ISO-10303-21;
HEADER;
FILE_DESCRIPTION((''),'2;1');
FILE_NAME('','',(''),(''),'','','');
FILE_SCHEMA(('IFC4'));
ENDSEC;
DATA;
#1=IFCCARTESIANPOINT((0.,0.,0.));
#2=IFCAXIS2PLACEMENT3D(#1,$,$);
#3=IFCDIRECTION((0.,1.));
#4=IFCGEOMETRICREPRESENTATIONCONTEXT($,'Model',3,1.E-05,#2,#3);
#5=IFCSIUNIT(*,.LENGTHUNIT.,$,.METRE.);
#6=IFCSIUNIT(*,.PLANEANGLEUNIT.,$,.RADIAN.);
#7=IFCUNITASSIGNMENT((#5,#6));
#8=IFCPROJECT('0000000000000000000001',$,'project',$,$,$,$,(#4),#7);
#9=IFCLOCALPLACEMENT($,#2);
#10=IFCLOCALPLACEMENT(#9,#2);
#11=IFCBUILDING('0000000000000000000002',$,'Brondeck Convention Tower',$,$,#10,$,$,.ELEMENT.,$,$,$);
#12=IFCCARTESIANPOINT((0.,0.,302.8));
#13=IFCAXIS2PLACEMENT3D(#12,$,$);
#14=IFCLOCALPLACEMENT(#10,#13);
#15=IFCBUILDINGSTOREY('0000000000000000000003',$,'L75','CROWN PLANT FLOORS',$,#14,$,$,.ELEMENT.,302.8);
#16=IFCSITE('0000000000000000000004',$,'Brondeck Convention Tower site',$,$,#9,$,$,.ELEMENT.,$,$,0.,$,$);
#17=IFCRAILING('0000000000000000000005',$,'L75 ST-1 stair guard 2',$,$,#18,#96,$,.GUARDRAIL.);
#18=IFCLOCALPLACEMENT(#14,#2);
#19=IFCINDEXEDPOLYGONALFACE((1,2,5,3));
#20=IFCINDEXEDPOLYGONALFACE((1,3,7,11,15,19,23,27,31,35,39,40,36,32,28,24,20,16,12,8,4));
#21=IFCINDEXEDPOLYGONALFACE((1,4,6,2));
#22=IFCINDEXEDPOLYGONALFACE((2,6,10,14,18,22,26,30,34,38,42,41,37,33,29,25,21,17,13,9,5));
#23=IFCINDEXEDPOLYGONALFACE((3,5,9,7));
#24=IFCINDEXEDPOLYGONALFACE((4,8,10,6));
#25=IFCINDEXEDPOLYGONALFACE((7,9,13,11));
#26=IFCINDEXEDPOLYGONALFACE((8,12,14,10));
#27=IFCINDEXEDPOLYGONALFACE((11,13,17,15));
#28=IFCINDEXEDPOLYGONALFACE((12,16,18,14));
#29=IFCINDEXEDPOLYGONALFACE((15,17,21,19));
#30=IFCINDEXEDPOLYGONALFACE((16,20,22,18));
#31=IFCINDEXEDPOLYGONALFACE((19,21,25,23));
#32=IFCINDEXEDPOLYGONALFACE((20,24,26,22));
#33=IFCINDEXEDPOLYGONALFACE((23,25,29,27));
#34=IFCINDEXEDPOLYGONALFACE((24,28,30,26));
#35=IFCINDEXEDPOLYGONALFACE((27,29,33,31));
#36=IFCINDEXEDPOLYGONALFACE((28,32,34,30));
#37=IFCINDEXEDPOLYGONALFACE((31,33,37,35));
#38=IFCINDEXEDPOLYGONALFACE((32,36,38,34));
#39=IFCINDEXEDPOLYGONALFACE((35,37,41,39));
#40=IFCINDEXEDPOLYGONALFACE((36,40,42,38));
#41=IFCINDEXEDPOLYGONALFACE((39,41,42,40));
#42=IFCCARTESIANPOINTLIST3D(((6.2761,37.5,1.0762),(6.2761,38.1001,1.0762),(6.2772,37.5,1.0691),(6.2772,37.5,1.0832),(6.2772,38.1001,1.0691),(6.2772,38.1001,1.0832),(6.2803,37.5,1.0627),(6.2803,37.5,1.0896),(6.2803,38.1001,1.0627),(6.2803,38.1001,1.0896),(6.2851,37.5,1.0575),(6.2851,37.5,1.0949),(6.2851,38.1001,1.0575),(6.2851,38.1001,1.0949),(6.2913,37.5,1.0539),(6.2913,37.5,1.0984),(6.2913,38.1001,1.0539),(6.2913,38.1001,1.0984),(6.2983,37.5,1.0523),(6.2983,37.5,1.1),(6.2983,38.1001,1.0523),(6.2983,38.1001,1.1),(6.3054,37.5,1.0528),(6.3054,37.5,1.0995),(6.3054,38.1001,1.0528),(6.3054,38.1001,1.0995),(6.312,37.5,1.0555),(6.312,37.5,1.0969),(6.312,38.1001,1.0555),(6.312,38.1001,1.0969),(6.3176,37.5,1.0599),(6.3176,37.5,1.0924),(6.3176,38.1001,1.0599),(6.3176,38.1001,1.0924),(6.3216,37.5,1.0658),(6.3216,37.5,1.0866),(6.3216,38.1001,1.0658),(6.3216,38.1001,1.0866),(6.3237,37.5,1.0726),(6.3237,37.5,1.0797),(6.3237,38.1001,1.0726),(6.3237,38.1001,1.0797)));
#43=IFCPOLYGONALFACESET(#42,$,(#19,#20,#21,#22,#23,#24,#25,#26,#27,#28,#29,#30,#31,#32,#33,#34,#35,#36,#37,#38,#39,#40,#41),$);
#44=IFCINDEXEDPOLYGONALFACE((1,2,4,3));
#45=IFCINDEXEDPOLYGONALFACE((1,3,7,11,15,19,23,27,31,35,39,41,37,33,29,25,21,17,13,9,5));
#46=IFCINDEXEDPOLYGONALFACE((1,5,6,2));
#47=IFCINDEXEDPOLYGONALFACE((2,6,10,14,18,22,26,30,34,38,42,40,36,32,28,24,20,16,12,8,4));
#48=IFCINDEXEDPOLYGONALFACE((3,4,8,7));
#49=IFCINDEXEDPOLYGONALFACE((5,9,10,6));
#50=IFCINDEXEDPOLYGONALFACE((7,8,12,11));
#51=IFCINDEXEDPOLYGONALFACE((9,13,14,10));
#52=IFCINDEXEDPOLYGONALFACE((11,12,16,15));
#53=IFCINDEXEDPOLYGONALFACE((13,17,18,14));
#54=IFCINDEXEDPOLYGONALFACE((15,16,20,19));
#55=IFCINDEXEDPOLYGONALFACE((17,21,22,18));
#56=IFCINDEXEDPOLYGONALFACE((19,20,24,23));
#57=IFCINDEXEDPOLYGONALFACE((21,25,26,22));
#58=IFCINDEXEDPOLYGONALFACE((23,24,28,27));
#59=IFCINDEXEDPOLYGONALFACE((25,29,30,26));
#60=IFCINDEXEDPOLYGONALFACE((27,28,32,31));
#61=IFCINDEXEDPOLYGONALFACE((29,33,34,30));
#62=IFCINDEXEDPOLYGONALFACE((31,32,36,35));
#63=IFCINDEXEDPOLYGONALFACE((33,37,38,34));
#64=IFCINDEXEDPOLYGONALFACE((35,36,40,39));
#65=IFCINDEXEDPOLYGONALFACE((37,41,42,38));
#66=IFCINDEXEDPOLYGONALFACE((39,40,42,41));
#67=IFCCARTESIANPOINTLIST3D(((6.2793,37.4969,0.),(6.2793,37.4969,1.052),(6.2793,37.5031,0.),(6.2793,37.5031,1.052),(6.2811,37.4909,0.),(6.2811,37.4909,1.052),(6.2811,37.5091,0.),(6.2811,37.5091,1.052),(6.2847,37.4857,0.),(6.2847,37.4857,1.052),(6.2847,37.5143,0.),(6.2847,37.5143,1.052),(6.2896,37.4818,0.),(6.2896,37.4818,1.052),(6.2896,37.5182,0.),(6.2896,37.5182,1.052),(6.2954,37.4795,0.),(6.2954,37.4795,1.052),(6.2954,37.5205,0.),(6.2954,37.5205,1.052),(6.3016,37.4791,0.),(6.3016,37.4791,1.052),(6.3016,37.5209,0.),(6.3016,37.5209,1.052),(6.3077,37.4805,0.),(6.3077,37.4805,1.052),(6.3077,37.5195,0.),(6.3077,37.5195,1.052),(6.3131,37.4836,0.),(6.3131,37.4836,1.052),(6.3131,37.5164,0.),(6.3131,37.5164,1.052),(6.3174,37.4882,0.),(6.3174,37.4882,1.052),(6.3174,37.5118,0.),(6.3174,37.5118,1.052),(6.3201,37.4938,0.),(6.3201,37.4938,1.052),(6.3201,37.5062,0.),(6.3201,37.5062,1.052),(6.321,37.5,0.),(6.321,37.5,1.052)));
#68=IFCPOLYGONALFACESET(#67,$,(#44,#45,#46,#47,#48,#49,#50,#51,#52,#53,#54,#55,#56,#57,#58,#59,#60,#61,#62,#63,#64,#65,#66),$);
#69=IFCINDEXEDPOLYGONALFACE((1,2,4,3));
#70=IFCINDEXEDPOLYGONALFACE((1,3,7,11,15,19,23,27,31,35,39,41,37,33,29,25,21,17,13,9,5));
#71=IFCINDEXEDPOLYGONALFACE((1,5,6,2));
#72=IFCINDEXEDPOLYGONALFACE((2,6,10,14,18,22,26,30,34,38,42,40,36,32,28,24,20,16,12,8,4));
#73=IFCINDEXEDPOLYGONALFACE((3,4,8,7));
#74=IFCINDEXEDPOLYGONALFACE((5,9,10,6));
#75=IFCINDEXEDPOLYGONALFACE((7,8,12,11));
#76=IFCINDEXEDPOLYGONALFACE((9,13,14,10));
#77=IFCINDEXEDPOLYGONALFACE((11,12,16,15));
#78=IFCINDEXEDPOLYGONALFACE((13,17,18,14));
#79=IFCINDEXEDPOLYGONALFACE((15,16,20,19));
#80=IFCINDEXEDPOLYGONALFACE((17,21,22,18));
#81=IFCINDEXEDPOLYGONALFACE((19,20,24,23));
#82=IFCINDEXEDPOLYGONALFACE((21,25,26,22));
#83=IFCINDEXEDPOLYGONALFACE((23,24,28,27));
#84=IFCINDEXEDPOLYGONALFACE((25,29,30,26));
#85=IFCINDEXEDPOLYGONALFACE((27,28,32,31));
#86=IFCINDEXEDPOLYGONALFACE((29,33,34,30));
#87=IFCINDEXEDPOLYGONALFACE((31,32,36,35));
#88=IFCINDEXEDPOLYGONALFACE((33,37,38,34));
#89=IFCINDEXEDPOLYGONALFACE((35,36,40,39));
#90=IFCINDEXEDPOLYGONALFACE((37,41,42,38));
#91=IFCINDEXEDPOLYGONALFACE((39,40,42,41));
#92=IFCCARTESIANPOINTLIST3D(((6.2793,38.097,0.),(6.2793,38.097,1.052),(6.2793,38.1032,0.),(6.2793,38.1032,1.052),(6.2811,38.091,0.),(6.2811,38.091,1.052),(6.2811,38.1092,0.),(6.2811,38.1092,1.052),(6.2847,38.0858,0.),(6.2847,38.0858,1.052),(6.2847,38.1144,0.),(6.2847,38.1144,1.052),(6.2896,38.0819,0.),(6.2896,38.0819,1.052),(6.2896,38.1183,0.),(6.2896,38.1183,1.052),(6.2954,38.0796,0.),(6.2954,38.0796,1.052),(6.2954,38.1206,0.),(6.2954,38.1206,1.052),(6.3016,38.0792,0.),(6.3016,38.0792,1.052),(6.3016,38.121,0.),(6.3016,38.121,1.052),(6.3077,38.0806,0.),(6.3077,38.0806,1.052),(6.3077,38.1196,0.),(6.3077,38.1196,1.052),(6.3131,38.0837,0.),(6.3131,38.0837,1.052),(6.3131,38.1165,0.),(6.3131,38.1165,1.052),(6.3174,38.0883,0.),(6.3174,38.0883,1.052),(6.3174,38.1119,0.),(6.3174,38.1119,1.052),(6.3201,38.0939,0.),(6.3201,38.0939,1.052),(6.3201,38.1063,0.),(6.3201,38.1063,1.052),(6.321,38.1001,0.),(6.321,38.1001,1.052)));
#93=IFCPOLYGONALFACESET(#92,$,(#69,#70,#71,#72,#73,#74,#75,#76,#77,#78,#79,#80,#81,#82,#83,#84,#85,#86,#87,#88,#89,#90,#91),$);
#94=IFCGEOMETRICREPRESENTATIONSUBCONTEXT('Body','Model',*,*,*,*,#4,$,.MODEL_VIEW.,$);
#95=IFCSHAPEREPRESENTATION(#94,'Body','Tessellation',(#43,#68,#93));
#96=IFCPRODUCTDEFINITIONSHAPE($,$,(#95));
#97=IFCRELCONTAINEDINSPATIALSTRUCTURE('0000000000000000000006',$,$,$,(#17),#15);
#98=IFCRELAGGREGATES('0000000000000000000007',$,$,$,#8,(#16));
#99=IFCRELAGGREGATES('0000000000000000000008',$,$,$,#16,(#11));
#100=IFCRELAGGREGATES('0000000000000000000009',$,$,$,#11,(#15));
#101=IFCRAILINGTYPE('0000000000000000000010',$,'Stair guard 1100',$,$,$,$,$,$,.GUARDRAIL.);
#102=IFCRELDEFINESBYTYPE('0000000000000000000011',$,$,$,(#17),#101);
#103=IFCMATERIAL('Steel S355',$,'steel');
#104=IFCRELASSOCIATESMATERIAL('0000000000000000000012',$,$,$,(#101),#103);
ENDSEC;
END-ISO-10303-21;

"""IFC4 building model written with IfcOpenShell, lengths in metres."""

from ifc_helpers import new_model, si_unit, direction, frame, origin, origin_2d, place, context, subcontext, project, spatial, circle, extrude, material, type_object, element, save


model = new_model("IFC4")

# Units and contexts
model_context = context("Model", 3, precision=1e-05, world=origin(), true_north=direction((0.0, 1.0)))
body_context = subcontext(model_context, "Body", "Model", "MODEL_VIEW")
ifc_project = project(units=[si_unit("LENGTHUNIT", "METRE"), si_unit("PLANEANGLEUNIT", "RADIAN")], contexts=[model_context])

# Site, building, storey
site_placement = place(None, origin())
site = spatial("IfcSite", under=ifc_project, at=site_placement, Name="Brondeck Convention Tower site", CompositionType="ELEMENT", RefElevation=0.0)
building_placement = place(site_placement, origin())
building = spatial("IfcBuilding", under=site, at=building_placement, Name="Brondeck Convention Tower", CompositionType="ELEMENT")
storey_placement = place(building_placement, frame((0.0, 0.0, 302.8)))
storey = spatial("IfcBuildingStorey", under=building, at=storey_placement, Name="L75", Description="CROWN PLANT FLOORS", CompositionType="ELEMENT", Elevation=302.8)

# Railing
ifc_material_1 = material(Name="Steel S355", Category="steel")
railing_type_1 = type_object("IfcRailingType", Name="Stair guard 1100", PredefinedType="GUARDRAIL", material=ifc_material_1)
railing_1_placement = place(storey_placement, frame((6.3, 37.5, 0.0)))
element("IfcRailing", 1, at=railing_1_placement, inside=storey, type_object=railing_type_1, Name="L75 ST-1 stair guard 2", PredefinedType="GUARDRAIL", context=body_context, shape_type="SweptSolid", body=[
    extrude(circle(Radius=0.0239, at=origin_2d()), frame((0.0, 0.0, 1.0762), z_axis=(0.0, 1.0, 0.0), x_axis=(-1.0, 0.0, 0.0)), (0.0, 0.0, 1.0), 0.6001),
    extrude(circle(Radius=0.021, at=origin_2d()), origin(), (0.0, 0.0, 1.0), 1.052),
    extrude(circle(Radius=0.021, at=origin_2d()), frame((0.0, 0.6001, 0.0)), (0.0, 0.0, 1.0), 1.052),
])

save(model, "model.ifc")
